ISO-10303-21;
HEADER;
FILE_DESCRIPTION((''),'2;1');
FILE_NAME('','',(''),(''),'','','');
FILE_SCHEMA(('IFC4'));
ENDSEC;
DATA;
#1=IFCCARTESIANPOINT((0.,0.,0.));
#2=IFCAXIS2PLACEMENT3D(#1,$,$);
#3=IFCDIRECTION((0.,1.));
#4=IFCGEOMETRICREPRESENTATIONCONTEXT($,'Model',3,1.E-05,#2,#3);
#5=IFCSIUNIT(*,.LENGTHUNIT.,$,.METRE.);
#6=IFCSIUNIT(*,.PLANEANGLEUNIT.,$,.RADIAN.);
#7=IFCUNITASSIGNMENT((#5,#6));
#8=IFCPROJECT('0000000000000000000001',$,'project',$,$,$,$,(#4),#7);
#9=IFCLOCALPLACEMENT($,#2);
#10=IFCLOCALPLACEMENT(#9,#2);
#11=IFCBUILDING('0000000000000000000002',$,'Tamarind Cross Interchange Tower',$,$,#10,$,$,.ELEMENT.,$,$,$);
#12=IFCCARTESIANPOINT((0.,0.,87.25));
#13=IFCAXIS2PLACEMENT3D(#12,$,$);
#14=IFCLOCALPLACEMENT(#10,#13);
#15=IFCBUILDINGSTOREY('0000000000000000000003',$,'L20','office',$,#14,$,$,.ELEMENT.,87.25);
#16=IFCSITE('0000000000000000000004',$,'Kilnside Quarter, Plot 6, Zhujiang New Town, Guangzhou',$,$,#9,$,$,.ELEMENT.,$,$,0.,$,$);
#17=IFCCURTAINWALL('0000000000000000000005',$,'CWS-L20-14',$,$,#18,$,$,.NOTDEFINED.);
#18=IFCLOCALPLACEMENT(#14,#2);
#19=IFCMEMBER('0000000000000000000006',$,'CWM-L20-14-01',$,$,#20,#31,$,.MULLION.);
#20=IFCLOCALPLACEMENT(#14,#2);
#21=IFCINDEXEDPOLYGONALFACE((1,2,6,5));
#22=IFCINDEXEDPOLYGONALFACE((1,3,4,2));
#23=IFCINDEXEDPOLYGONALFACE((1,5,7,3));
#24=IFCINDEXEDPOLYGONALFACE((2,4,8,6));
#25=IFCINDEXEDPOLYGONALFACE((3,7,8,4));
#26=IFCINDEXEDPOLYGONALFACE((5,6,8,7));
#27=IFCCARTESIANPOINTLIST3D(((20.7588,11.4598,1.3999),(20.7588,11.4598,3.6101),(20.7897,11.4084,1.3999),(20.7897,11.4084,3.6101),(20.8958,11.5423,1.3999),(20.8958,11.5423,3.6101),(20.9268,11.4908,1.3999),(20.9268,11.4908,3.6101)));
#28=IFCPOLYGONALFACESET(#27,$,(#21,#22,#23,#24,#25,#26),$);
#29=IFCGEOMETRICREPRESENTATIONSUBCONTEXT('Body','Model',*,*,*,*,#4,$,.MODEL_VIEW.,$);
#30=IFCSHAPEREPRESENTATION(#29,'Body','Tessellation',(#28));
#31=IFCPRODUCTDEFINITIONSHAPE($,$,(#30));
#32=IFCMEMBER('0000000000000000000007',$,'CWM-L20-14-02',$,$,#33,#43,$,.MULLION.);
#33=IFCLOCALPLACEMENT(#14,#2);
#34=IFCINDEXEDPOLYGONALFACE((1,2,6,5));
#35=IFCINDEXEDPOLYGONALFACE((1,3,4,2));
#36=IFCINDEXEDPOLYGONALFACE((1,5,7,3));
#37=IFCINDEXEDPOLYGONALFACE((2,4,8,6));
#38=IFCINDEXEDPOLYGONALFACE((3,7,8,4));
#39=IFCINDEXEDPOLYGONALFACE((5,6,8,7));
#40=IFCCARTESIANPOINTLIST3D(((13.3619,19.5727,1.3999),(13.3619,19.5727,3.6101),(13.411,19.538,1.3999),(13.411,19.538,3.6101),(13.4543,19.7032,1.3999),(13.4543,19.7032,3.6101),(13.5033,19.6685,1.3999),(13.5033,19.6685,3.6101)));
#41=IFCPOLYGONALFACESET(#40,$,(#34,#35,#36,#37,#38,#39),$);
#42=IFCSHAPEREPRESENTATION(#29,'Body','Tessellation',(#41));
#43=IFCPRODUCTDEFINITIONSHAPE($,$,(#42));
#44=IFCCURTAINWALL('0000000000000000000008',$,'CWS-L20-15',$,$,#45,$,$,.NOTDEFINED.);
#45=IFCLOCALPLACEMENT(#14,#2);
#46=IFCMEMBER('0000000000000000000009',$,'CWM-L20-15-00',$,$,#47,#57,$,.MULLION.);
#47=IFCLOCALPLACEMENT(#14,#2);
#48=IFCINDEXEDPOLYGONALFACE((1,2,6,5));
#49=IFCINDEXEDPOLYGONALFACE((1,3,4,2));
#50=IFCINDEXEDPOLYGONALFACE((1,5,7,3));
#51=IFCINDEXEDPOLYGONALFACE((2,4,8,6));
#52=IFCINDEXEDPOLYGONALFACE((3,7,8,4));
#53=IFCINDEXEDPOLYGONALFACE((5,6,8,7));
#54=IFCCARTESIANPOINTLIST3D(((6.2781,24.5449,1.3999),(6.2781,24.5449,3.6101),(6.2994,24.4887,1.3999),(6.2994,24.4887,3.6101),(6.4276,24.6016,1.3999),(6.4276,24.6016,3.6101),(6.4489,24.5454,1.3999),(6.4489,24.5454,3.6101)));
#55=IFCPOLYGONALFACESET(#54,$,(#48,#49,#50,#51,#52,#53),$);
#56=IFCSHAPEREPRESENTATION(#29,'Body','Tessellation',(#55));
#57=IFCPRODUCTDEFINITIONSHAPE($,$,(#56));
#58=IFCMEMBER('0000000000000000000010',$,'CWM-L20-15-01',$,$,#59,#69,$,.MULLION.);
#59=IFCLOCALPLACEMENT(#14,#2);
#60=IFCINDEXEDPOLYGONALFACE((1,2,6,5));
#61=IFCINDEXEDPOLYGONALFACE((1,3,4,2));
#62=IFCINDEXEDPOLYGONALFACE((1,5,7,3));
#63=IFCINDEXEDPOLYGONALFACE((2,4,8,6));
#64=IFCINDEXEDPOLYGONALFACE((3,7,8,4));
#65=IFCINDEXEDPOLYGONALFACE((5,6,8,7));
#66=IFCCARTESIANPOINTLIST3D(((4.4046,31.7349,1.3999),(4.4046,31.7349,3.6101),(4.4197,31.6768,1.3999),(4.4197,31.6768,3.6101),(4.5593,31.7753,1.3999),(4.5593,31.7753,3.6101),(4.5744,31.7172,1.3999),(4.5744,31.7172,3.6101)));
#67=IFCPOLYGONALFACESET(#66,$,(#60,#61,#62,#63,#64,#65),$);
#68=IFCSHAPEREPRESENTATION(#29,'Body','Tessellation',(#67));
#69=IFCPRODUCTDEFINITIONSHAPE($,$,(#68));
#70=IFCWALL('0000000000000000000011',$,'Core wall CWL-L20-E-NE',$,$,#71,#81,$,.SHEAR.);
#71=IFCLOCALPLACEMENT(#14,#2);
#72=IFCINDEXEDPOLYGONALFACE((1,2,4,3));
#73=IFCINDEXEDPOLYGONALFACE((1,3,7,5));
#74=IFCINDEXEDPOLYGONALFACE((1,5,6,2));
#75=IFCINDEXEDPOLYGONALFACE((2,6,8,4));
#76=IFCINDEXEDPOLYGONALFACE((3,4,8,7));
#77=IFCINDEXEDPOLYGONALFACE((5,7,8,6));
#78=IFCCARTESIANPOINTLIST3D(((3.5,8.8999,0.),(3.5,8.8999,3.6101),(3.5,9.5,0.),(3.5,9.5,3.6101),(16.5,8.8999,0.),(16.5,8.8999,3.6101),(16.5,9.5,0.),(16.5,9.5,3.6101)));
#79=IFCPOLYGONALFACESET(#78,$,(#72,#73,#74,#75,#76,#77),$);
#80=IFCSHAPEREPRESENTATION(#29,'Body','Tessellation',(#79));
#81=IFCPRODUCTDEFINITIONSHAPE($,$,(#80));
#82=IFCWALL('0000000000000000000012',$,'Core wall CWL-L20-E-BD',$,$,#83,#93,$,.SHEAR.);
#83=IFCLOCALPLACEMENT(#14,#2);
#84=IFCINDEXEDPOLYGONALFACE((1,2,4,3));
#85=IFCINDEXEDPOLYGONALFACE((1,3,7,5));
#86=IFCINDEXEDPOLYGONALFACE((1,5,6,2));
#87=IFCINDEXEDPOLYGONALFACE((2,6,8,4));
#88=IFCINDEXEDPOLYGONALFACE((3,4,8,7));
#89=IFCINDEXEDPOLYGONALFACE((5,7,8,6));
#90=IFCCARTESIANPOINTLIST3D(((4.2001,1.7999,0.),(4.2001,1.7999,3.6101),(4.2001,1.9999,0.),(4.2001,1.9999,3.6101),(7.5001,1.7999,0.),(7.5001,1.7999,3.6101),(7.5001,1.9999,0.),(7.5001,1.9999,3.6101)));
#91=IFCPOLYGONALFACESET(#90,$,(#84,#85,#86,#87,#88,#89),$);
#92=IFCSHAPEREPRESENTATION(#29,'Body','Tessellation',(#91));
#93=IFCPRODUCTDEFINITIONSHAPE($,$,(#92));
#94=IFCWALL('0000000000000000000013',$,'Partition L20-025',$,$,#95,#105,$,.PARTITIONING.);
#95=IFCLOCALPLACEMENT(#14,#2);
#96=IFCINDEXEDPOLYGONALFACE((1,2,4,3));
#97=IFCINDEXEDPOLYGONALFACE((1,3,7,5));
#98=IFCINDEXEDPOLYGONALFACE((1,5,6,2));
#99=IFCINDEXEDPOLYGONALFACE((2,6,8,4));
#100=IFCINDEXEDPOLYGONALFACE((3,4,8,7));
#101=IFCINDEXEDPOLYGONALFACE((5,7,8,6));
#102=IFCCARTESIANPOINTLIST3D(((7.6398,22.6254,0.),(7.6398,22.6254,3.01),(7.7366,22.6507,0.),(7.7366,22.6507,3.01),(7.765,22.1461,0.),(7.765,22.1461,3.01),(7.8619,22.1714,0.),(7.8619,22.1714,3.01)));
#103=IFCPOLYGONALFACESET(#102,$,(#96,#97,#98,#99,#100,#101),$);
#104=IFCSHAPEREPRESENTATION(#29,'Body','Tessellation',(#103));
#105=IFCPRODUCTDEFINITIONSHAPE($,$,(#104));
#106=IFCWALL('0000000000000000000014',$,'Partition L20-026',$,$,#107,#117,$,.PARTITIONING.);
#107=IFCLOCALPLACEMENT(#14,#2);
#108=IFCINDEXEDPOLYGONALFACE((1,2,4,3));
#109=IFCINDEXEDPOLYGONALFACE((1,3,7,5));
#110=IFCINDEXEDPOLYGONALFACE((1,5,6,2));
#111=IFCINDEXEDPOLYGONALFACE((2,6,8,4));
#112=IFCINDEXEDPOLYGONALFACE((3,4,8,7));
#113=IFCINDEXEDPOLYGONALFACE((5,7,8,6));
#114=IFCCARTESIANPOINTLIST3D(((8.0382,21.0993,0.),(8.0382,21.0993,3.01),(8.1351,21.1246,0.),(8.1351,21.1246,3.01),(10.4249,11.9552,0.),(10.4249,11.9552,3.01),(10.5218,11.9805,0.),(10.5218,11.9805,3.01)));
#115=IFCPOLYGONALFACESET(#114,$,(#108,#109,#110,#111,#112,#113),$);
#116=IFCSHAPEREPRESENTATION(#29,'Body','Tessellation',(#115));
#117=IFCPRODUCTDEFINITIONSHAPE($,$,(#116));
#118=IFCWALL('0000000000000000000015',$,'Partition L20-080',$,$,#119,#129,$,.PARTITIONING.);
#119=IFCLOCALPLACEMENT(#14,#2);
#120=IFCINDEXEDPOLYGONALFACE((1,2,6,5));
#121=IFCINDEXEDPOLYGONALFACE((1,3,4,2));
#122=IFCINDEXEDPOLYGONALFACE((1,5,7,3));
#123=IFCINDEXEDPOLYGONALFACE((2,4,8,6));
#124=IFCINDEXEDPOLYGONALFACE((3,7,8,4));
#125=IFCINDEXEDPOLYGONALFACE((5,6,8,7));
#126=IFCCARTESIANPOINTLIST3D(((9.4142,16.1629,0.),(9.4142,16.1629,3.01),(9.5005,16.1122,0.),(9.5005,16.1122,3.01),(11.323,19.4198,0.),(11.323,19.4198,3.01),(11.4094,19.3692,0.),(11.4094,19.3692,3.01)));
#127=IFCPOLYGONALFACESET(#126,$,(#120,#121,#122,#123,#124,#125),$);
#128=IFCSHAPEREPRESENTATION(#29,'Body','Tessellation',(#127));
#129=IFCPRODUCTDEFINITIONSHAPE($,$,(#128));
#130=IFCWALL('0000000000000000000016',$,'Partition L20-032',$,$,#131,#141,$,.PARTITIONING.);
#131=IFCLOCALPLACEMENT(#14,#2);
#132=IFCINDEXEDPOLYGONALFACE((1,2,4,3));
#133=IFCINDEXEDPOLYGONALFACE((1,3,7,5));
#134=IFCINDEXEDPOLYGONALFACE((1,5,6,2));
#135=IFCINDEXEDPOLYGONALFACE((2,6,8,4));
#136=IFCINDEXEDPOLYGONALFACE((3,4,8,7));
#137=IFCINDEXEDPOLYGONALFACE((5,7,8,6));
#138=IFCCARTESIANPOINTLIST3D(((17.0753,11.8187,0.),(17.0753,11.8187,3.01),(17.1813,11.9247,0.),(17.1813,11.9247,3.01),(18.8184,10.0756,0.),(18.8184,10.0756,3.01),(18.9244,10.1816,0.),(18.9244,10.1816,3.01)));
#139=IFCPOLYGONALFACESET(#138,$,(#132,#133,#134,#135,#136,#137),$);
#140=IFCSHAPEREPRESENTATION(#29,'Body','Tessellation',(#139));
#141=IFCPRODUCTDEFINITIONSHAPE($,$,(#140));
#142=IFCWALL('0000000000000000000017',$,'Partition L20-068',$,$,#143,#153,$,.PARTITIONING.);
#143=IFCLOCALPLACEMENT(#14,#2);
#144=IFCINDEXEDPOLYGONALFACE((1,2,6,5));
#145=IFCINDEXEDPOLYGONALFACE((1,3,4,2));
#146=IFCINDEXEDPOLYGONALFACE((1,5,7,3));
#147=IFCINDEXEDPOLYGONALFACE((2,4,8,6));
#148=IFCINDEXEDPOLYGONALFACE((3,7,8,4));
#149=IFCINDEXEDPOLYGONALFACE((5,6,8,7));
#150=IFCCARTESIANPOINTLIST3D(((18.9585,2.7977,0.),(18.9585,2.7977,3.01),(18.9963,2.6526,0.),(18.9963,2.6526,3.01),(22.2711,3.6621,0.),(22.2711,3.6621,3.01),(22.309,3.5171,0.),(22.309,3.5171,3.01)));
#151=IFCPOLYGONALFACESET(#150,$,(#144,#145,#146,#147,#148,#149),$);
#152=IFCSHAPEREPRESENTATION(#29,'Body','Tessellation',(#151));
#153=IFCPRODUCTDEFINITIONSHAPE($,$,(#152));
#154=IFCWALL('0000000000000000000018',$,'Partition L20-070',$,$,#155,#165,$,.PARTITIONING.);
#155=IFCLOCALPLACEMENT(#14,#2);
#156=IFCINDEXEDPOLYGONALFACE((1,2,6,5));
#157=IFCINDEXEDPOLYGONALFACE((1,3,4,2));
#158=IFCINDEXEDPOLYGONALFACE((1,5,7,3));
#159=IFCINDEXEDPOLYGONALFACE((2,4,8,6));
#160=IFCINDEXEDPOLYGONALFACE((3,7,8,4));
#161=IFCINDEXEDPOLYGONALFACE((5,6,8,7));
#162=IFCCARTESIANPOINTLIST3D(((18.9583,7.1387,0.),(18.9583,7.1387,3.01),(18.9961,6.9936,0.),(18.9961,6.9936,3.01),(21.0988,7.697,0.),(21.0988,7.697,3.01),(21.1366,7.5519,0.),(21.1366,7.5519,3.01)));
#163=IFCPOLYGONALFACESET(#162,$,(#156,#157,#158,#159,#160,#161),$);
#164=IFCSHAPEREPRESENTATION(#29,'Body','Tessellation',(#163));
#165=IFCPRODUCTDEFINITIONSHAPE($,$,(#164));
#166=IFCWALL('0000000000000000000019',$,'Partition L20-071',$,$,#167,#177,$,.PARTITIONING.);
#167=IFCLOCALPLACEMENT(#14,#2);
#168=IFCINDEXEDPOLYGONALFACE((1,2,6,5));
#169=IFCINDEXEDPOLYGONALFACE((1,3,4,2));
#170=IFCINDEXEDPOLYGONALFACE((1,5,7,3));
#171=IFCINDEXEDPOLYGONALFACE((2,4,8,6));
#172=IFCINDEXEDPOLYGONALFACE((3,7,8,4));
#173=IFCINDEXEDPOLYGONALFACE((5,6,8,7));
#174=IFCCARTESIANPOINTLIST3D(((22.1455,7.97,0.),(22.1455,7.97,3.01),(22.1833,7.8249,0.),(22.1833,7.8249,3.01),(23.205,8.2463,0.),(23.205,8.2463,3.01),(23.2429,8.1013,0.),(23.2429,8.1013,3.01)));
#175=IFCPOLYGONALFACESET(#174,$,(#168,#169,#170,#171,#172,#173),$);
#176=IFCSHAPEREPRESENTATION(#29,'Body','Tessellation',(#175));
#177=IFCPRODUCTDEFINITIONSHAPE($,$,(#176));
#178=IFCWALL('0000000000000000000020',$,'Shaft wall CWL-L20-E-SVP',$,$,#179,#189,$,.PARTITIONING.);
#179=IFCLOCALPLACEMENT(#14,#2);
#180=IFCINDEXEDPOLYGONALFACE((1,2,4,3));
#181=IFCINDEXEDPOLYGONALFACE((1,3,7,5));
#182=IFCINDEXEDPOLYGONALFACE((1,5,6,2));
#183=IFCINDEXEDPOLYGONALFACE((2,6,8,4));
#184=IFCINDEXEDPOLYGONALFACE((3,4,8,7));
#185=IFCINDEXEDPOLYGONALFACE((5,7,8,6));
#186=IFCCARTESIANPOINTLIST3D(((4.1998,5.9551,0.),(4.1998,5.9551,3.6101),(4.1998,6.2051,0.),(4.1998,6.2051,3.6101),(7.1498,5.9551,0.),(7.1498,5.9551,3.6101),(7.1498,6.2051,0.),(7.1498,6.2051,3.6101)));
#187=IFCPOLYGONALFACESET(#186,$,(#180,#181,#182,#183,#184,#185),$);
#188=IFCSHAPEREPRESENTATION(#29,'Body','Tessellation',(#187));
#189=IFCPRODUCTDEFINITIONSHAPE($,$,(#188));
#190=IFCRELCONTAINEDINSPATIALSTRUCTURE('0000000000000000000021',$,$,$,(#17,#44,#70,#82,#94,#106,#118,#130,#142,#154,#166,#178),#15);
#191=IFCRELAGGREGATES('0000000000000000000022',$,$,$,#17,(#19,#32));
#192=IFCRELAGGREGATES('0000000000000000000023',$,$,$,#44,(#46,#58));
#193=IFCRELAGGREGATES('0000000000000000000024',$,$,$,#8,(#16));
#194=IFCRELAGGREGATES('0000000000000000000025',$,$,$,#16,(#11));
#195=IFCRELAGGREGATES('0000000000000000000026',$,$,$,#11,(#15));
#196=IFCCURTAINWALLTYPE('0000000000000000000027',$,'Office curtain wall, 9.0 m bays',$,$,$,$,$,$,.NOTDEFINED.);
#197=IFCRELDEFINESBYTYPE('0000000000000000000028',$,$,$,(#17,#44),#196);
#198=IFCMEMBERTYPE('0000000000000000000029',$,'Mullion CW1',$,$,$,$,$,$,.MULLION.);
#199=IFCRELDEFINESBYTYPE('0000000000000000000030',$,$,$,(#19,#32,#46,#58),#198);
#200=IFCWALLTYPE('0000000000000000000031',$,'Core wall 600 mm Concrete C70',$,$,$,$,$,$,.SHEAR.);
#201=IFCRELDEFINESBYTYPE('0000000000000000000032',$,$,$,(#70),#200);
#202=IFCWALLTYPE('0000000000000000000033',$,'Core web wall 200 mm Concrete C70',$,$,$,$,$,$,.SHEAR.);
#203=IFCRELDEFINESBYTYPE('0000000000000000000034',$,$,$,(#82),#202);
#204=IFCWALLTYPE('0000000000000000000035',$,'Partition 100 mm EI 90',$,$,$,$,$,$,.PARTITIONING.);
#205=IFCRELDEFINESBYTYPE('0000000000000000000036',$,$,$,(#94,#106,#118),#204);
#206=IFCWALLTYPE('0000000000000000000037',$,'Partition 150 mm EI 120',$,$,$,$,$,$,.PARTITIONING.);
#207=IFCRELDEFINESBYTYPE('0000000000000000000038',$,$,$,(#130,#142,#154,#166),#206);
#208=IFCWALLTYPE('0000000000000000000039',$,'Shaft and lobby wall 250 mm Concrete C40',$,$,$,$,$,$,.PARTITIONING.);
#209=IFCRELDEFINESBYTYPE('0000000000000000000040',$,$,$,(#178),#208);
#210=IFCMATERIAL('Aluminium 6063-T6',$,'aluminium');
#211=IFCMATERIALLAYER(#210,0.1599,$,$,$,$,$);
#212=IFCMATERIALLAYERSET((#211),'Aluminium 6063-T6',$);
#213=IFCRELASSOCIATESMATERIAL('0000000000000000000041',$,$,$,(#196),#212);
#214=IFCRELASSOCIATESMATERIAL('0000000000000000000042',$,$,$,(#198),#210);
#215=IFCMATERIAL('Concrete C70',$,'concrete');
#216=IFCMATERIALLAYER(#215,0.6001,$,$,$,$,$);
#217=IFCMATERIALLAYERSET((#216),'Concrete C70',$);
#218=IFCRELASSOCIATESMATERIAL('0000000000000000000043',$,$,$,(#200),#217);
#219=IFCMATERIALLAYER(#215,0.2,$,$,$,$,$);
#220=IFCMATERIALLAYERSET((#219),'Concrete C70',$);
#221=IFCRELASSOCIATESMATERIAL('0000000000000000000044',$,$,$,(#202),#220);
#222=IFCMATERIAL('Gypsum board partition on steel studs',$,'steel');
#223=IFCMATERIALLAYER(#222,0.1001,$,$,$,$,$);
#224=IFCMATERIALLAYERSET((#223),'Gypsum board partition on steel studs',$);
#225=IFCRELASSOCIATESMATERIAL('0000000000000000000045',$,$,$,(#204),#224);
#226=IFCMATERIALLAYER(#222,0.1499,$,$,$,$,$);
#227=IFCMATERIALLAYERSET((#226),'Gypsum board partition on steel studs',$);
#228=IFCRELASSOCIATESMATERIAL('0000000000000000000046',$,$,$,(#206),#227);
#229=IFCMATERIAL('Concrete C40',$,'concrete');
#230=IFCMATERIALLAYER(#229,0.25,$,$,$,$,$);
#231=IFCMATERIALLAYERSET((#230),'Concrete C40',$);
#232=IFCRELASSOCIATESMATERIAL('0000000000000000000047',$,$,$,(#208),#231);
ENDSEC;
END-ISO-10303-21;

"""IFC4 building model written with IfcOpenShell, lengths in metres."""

from ifc_helpers import new_model, si_unit, direction, frame, frame_2d, origin, origin_2d, place, context, subcontext, project, spatial, rectangle, extrude, material, layer, layer_set, material_profile, profile_set, type_object, element, aggregate, save


model = new_model("IFC4")

# Units and contexts
model_context = context("Model", 3, precision=1e-05, world=origin(), true_north=direction((0.0, 1.0)))
body_context = subcontext(model_context, "Body", "Model", "MODEL_VIEW")
ifc_project = project(units=[si_unit("LENGTHUNIT", "METRE"), si_unit("PLANEANGLEUNIT", "RADIAN")], contexts=[model_context])

# Site, building, storey
site_placement = place(None, origin())
site = spatial("IfcSite", under=ifc_project, at=site_placement, Name="Kilnside Quarter, Plot 6, Zhujiang New Town, Guangzhou", CompositionType="ELEMENT", RefElevation=0.0)
building_placement = place(site_placement, origin())
building = spatial("IfcBuilding", under=site, at=building_placement, Name="Tamarind Cross Interchange Tower", CompositionType="ELEMENT")
storey_placement = place(building_placement, frame((0.0, 0.0, 87.25)))
storey = spatial("IfcBuildingStorey", under=building, at=storey_placement, Name="L20", Description="office", CompositionType="ELEMENT", Elevation=87.25)

# Curtain walls, members
ifc_material_1 = material(Name="Aluminium 6063-T6", Category="aluminium")
ifc_layer_1 = layer(ifc_material_1, 0.1599)
ifc_layer_set_1 = layer_set([ifc_layer_1], Name="Aluminium 6063-T6")
curtain_wall_type = type_object("IfcCurtainWallType", Name="Office curtain wall, 9.0 m bays", PredefinedType="NOTDEFINED", material=ifc_layer_set_1)
curtain_wall_1_placement = place(storey_placement, origin())
curtain_wall_1 = element("IfcCurtainWall", 1, at=curtain_wall_1_placement, inside=storey, type_object=curtain_wall_type, Name="CWS-L20-14", PredefinedType="NOTDEFINED")
ifc_material_profile_1 = material_profile(ifc_material_1, rectangle(XDim=0.0601, YDim=0.1599, at=origin_2d()), Name="Mullion CW1")
ifc_profile_set_1 = profile_set([ifc_material_profile_1], Name="Aluminium 6063-T6")
member_type = type_object("IfcMemberType", Name="Mullion CW1", PredefinedType="MULLION", material=ifc_profile_set_1)
member_1_placement = place(storey_placement, frame((20.8428, 11.4753, 1.3999), z_axis=(0.0, 0.0, 1.0), x_axis=(-0.515577, 0.856843, 0.0)))
member_1 = element("IfcMember", 2, at=member_1_placement, type_object=member_type, Name="CWM-L20-14-01", PredefinedType="MULLION", context=body_context, shape_type="SweptSolid", body=[
    extrude(rectangle(XDim=0.0601, YDim=0.1599, at=origin_2d()), origin(), (0.0, 0.0, 1.0), 2.2102),
])
member_2_placement = place(storey_placement, frame((13.4326, 19.6206, 1.3999), z_axis=(0.0, 0.0, 1.0), x_axis=(-0.816342, 0.577569, 0.0)))
member_2 = element("IfcMember", 3, at=member_2_placement, type_object=member_type, Name="CWM-L20-14-02", PredefinedType="MULLION", context=body_context, shape_type="SweptSolid", body=[
    extrude(rectangle(XDim=0.0601, YDim=0.1599, at=origin_2d()), origin(), (0.0, 0.0, 1.0), 2.2102),
])
aggregate(curtain_wall_1, [member_1, member_2])
curtain_wall_2_placement = place(storey_placement, origin())
curtain_wall_2 = element("IfcCurtainWall", 4, at=curtain_wall_2_placement, inside=storey, type_object=curtain_wall_type, Name="CWS-L20-15", PredefinedType="NOTDEFINED")
member_3_placement = place(storey_placement, frame((6.3635, 24.5452, 1.3999), z_axis=(0.0, 0.0, 1.0), x_axis=(-0.354566, 0.935031, 0.0)))
member_3 = element("IfcMember", 5, at=member_3_placement, type_object=member_type, Name="CWM-L20-15-00", PredefinedType="MULLION", context=body_context, shape_type="SweptSolid", body=[
    extrude(rectangle(XDim=0.0601, YDim=0.1599, at=origin_2d()), origin(), (0.0, 0.0, 1.0), 2.2102),
])
member_4_placement = place(storey_placement, frame((4.4895, 31.7261, 1.3999), z_axis=(0.0, 0.0, 1.0), x_axis=(-0.252529, 0.967589, 0.0)))
member_4 = element("IfcMember", 6, at=member_4_placement, type_object=member_type, Name="CWM-L20-15-01", PredefinedType="MULLION", context=body_context, shape_type="SweptSolid", body=[
    extrude(rectangle(XDim=0.0601, YDim=0.1599, at=origin_2d()), origin(), (0.0, 0.0, 1.0), 2.2102),
])
aggregate(curtain_wall_2, [member_3, member_4])

# Walls
ifc_material_2 = material(Name="Concrete C70", Category="concrete")
ifc_layer_2 = layer(ifc_material_2, 0.6001)
ifc_layer_set_2 = layer_set([ifc_layer_2], Name="Concrete C70")
wall_type_1 = type_object("IfcWallType", Name="Core wall 600 mm Concrete C70", PredefinedType="SHEAR", material=ifc_layer_set_2)
wall_1_placement = place(storey_placement, frame((16.5, 9.2, 0.0), z_axis=(0.0, 0.0, 1.0), x_axis=(-1.0, 0.0, 0.0)))
element("IfcWall", 7, at=wall_1_placement, inside=storey, type_object=wall_type_1, Name="Core wall CWL-L20-E-NE", PredefinedType="SHEAR", context=body_context, shape_type="SweptSolid", body=[
    extrude(rectangle(XDim=13.0, YDim=0.6001, at=frame_2d((6.5, 0.0))), origin(), (0.0, 0.0, 1.0), 3.6101),
])
ifc_layer_3 = layer(ifc_material_2, 0.2)
ifc_layer_set_3 = layer_set([ifc_layer_3], Name="Concrete C70")
wall_type_2 = type_object("IfcWallType", Name="Core web wall 200 mm Concrete C70", PredefinedType="SHEAR", material=ifc_layer_set_3)
wall_2_placement = place(storey_placement, frame((7.5, 1.8999, 0.0), z_axis=(0.0, 0.0, 1.0), x_axis=(-1.0, 0.0, 0.0)))
element("IfcWall", 8, at=wall_2_placement, inside=storey, type_object=wall_type_2, Name="Core wall CWL-L20-E-BD", PredefinedType="SHEAR", context=body_context, shape_type="SweptSolid", body=[
    extrude(rectangle(XDim=3.3, YDim=0.2, at=frame_2d((1.6499, 0.0))), origin(), (0.0, 0.0, 1.0), 3.6101),
])
ifc_material_3 = material(Name="Gypsum board partition on steel studs", Category="steel")
ifc_layer_4 = layer(ifc_material_3, 0.1001)
ifc_layer_set_4 = layer_set([ifc_layer_4], Name="Gypsum board partition on steel studs")
wall_type_3 = type_object("IfcWallType", Name="Partition 100 mm EI 90", PredefinedType="PARTITIONING", material=ifc_layer_set_4)
wall_3_placement = place(storey_placement, frame((7.6882, 22.6379, 0.0), z_axis=(0.0, 0.0, 1.0), x_axis=(0.252843, -0.967507, 0.0)))
element("IfcWall", 9, at=wall_3_placement, inside=storey, type_object=wall_type_3, Name="Partition L20-025", PredefinedType="PARTITIONING", context=body_context, shape_type="SweptSolid", body=[
    extrude(rectangle(XDim=0.4954, YDim=0.1001, at=frame_2d((0.2476, 0.0))), origin(), (0.0, 0.0, 1.0), 3.01),
])
wall_4_placement = place(storey_placement, frame((8.0867, 21.1118, 0.0), z_axis=(0.0, 0.0, 1.0), x_axis=(0.252552, -0.967583, 0.0)))
element("IfcWall", 10, at=wall_4_placement, inside=storey, type_object=wall_type_3, Name="Partition L20-026", PredefinedType="PARTITIONING", context=body_context, shape_type="SweptSolid", body=[
    extrude(rectangle(XDim=9.4504, YDim=0.1001, at=frame_2d((4.7251, 0.0))), origin(), (0.0, 0.0, 1.0), 3.01),
])
wall_5_placement = place(storey_placement, frame((9.4573, 16.1375, 0.0), z_axis=(0.0, 0.0, 1.0), x_axis=(0.505643, 0.862743, 0.0)))
element("IfcWall", 11, at=wall_5_placement, inside=storey, type_object=wall_type_3, Name="Partition L20-080", PredefinedType="PARTITIONING", context=body_context, shape_type="SweptSolid", body=[
    extrude(rectangle(XDim=3.7751, YDim=0.1001, at=frame_2d((1.8877, 0.0))), origin(), (0.0, 0.0, 1.0), 3.01),
])
ifc_layer_5 = layer(ifc_material_3, 0.1499)
ifc_layer_set_5 = layer_set([ifc_layer_5], Name="Gypsum board partition on steel studs")
wall_type_4 = type_object("IfcWallType", Name="Partition 150 mm EI 120", PredefinedType="PARTITIONING", material=ifc_layer_set_5)
wall_6_placement = place(storey_placement, frame((17.1284, 11.8716, 0.0), z_axis=(0.0, 0.0, 1.0), x_axis=(0.707107, -0.707107, 0.0)))
element("IfcWall", 12, at=wall_6_placement, inside=storey, type_object=wall_type_4, Name="Partition L20-032", PredefinedType="PARTITIONING", context=body_context, shape_type="SweptSolid", body=[
    extrude(rectangle(XDim=2.4651, YDim=0.1499, at=frame_2d((1.2324, 0.0))), origin(), (0.0, 0.0, 1.0), 3.01),
])
wall_7_placement = place(storey_placement, frame((18.9773, 2.7251, 0.0), z_axis=(0.0, 0.0, 1.0), x_axis=(0.967595, 0.252506, 0.0)))
element("IfcWall", 13, at=wall_7_placement, inside=storey, type_object=wall_type_4, Name="Partition L20-068", PredefinedType="PARTITIONING", context=body_context, shape_type="SweptSolid", body=[
    extrude(rectangle(XDim=3.4236, YDim=0.1499, at=frame_2d((1.7119, 0.0))), origin(), (0.0, 0.0, 1.0), 3.01),
])
wall_8_placement = place(storey_placement, frame((18.9773, 7.0662, 0.0), z_axis=(0.0, 0.0, 1.0), x_axis=(0.967625, 0.25239, 0.0)))
element("IfcWall", 14, at=wall_8_placement, inside=storey, type_object=wall_type_4, Name="Partition L20-070", PredefinedType="PARTITIONING", context=body_context, shape_type="SweptSolid", body=[
    extrude(rectangle(XDim=2.2122, YDim=0.1499, at=frame_2d((1.106, 0.0))), origin(), (0.0, 0.0, 1.0), 3.01),
])
wall_9_placement = place(storey_placement, frame((22.1646, 7.8975, 0.0), z_axis=(0.0, 0.0, 1.0), x_axis=(0.967627, 0.252386, 0.0)))
element("IfcWall", 15, at=wall_9_placement, inside=storey, type_object=wall_type_4, Name="Partition L20-071", PredefinedType="PARTITIONING", context=body_context, shape_type="SweptSolid", body=[
    extrude(rectangle(XDim=1.095, YDim=0.1499, at=frame_2d((0.5474, 0.0))), origin(), (0.0, 0.0, 1.0), 3.01),
])
ifc_material_4 = material(Name="Concrete C40", Category="concrete")
ifc_layer_6 = layer(ifc_material_4, 0.25)
ifc_layer_set_6 = layer_set([ifc_layer_6], Name="Concrete C40")
wall_type_5 = type_object("IfcWallType", Name="Shaft and lobby wall 250 mm Concrete C40", PredefinedType="PARTITIONING", material=ifc_layer_set_6)
wall_10_placement = place(storey_placement, frame((7.1499, 6.0801, 0.0), z_axis=(0.0, 0.0, 1.0), x_axis=(-1.0, 0.0, 0.0)))
element("IfcWall", 16, at=wall_10_placement, inside=storey, type_object=wall_type_5, Name="Shaft wall CWL-L20-E-SVP", PredefinedType="PARTITIONING", context=body_context, shape_type="SweptSolid", body=[
    extrude(rectangle(XDim=2.95, YDim=0.25, at=frame_2d((1.4751, 0.0))), origin(), (0.0, 0.0, 1.0), 3.6101),
])

save(model, "model.ifc")
